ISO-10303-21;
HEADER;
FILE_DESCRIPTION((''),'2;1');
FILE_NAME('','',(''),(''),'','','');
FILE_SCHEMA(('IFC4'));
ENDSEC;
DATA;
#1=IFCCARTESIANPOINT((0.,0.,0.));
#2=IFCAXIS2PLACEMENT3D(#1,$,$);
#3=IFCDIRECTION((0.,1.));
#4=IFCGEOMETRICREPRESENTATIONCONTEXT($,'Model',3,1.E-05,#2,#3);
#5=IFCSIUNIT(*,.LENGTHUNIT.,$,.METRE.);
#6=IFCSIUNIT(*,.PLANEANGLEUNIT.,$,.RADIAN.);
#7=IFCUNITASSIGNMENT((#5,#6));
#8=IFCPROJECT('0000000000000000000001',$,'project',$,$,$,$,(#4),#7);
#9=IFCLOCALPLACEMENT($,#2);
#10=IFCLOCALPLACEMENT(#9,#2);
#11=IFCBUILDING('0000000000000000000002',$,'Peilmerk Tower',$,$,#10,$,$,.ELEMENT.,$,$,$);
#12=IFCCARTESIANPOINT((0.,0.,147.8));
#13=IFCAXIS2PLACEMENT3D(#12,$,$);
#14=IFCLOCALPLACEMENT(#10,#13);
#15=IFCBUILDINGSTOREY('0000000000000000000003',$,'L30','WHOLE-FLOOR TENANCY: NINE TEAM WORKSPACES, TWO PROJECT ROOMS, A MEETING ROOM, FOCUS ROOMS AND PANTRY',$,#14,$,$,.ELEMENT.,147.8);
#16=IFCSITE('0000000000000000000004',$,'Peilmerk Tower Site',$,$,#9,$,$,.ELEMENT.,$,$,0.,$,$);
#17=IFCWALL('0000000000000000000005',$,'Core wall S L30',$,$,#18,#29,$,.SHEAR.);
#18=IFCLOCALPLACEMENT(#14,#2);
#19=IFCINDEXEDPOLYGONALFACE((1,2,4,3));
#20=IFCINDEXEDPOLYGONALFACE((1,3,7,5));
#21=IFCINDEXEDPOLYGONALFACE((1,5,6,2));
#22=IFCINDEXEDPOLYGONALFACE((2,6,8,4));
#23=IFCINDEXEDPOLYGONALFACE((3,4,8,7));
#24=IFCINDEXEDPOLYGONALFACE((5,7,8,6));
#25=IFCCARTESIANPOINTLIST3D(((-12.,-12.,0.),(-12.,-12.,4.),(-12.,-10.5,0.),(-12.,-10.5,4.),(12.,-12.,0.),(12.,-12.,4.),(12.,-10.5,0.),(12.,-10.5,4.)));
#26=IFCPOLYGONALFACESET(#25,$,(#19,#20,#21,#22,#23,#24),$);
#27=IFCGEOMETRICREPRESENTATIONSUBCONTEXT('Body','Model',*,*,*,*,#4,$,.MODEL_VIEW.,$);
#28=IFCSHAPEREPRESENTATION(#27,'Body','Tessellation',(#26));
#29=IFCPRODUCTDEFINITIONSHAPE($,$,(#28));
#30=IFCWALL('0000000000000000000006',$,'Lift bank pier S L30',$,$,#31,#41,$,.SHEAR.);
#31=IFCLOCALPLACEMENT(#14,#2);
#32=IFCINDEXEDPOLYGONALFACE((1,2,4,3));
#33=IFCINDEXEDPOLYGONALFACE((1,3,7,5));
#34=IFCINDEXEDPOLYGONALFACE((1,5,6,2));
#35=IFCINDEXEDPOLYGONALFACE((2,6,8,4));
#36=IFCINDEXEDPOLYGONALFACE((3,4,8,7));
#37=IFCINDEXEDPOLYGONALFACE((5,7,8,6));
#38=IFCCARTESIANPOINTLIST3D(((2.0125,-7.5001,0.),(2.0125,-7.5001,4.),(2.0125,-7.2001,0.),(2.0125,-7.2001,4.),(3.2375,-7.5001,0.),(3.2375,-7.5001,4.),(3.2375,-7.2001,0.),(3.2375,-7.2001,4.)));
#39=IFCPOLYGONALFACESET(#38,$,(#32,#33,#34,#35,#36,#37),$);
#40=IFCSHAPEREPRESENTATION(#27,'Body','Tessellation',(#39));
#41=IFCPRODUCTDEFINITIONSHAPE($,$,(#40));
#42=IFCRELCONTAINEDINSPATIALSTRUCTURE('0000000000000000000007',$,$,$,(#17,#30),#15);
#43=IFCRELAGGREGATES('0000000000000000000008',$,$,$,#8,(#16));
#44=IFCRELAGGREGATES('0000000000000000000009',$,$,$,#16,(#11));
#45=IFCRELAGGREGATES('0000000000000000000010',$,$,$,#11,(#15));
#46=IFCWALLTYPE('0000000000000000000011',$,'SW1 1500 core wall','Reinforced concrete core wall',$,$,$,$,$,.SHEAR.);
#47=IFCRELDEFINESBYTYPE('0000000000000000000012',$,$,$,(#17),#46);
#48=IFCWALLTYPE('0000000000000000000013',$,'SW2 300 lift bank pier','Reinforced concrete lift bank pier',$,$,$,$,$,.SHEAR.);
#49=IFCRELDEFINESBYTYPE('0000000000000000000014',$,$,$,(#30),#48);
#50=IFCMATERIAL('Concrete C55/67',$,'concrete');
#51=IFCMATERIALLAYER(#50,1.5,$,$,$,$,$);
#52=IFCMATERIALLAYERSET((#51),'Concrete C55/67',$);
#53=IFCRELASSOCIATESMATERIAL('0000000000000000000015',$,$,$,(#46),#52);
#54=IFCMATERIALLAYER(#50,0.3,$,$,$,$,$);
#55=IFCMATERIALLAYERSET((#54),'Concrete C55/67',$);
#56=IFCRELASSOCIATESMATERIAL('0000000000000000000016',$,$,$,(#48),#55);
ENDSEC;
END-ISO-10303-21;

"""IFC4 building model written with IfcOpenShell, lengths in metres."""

from ifc_helpers import new_model, si_unit, direction, frame, frame_2d, origin, place, context, subcontext, project, spatial, rectangle, extrude, material, layer, layer_set, type_object, element, save


model = new_model("IFC4")

# Units and contexts
model_context = context("Model", 3, precision=1e-05, world=origin(), true_north=direction((0.0, 1.0)))
body_context = subcontext(model_context, "Body", "Model", "MODEL_VIEW")
ifc_project = project(units=[si_unit("LENGTHUNIT", "METRE"), si_unit("PLANEANGLEUNIT", "RADIAN")], contexts=[model_context])

# Site, building, storey
site_placement = place(None, origin())
site = spatial("IfcSite", under=ifc_project, at=site_placement, Name="Peilmerk Tower Site", CompositionType="ELEMENT", RefElevation=0.0)
building_placement = place(site_placement, origin())
building = spatial("IfcBuilding", under=site, at=building_placement, Name="Peilmerk Tower", CompositionType="ELEMENT")
storey_placement = place(building_placement, frame((0.0, 0.0, 147.8)))
storey = spatial("IfcBuildingStorey", under=building, at=storey_placement, Name="L30", Description="WHOLE-FLOOR TENANCY: NINE TEAM WORKSPACES, TWO PROJECT ROOMS, A MEETING ROOM, FOCUS ROOMS AND PANTRY", CompositionType="ELEMENT", Elevation=147.8)

# Walls
ifc_material_1 = material(Name="Concrete C55/67", Category="concrete")
ifc_layer_1 = layer(ifc_material_1, 1.5)
ifc_layer_set_1 = layer_set([ifc_layer_1], Name="Concrete C55/67")
wall_type_1 = type_object("IfcWallType", Name="SW1 1500 core wall", Description="Reinforced concrete core wall", PredefinedType="SHEAR", material=ifc_layer_set_1)
wall_1_placement = place(storey_placement, frame((12.0, -11.25, 0.0), z_axis=(0.0, 0.0, 1.0), x_axis=(-1.0, 0.0, 0.0)))
element("IfcWall", 1, at=wall_1_placement, inside=storey, type_object=wall_type_1, Name="Core wall S L30", PredefinedType="SHEAR", context=body_context, shape_type="SweptSolid", body=[
    extrude(rectangle(XDim=24.0, YDim=1.5, at=frame_2d((12.0, 0.0))), origin(), (0.0, 0.0, 1.0), 4.0),
])
ifc_layer_2 = layer(ifc_material_1, 0.3)
ifc_layer_set_2 = layer_set([ifc_layer_2], Name="Concrete C55/67")
wall_type_2 = type_object("IfcWallType", Name="SW2 300 lift bank pier", Description="Reinforced concrete lift bank pier", PredefinedType="SHEAR", material=ifc_layer_set_2)
wall_2_placement = place(storey_placement, frame((2.0125, -7.3501, 0.0), z_axis=(0.0, 0.0, 1.0), x_axis=(1.0, 0.0, 0.0)))
element("IfcWall", 2, at=wall_2_placement, inside=storey, type_object=wall_type_2, Name="Lift bank pier S L30", PredefinedType="SHEAR", context=body_context, shape_type="SweptSolid", body=[
    extrude(rectangle(XDim=1.2251, YDim=0.3, at=frame_2d((0.6125, 0.0))), origin(), (0.0, 0.0, 1.0), 4.0),
])

save(model, "model.ifc")
